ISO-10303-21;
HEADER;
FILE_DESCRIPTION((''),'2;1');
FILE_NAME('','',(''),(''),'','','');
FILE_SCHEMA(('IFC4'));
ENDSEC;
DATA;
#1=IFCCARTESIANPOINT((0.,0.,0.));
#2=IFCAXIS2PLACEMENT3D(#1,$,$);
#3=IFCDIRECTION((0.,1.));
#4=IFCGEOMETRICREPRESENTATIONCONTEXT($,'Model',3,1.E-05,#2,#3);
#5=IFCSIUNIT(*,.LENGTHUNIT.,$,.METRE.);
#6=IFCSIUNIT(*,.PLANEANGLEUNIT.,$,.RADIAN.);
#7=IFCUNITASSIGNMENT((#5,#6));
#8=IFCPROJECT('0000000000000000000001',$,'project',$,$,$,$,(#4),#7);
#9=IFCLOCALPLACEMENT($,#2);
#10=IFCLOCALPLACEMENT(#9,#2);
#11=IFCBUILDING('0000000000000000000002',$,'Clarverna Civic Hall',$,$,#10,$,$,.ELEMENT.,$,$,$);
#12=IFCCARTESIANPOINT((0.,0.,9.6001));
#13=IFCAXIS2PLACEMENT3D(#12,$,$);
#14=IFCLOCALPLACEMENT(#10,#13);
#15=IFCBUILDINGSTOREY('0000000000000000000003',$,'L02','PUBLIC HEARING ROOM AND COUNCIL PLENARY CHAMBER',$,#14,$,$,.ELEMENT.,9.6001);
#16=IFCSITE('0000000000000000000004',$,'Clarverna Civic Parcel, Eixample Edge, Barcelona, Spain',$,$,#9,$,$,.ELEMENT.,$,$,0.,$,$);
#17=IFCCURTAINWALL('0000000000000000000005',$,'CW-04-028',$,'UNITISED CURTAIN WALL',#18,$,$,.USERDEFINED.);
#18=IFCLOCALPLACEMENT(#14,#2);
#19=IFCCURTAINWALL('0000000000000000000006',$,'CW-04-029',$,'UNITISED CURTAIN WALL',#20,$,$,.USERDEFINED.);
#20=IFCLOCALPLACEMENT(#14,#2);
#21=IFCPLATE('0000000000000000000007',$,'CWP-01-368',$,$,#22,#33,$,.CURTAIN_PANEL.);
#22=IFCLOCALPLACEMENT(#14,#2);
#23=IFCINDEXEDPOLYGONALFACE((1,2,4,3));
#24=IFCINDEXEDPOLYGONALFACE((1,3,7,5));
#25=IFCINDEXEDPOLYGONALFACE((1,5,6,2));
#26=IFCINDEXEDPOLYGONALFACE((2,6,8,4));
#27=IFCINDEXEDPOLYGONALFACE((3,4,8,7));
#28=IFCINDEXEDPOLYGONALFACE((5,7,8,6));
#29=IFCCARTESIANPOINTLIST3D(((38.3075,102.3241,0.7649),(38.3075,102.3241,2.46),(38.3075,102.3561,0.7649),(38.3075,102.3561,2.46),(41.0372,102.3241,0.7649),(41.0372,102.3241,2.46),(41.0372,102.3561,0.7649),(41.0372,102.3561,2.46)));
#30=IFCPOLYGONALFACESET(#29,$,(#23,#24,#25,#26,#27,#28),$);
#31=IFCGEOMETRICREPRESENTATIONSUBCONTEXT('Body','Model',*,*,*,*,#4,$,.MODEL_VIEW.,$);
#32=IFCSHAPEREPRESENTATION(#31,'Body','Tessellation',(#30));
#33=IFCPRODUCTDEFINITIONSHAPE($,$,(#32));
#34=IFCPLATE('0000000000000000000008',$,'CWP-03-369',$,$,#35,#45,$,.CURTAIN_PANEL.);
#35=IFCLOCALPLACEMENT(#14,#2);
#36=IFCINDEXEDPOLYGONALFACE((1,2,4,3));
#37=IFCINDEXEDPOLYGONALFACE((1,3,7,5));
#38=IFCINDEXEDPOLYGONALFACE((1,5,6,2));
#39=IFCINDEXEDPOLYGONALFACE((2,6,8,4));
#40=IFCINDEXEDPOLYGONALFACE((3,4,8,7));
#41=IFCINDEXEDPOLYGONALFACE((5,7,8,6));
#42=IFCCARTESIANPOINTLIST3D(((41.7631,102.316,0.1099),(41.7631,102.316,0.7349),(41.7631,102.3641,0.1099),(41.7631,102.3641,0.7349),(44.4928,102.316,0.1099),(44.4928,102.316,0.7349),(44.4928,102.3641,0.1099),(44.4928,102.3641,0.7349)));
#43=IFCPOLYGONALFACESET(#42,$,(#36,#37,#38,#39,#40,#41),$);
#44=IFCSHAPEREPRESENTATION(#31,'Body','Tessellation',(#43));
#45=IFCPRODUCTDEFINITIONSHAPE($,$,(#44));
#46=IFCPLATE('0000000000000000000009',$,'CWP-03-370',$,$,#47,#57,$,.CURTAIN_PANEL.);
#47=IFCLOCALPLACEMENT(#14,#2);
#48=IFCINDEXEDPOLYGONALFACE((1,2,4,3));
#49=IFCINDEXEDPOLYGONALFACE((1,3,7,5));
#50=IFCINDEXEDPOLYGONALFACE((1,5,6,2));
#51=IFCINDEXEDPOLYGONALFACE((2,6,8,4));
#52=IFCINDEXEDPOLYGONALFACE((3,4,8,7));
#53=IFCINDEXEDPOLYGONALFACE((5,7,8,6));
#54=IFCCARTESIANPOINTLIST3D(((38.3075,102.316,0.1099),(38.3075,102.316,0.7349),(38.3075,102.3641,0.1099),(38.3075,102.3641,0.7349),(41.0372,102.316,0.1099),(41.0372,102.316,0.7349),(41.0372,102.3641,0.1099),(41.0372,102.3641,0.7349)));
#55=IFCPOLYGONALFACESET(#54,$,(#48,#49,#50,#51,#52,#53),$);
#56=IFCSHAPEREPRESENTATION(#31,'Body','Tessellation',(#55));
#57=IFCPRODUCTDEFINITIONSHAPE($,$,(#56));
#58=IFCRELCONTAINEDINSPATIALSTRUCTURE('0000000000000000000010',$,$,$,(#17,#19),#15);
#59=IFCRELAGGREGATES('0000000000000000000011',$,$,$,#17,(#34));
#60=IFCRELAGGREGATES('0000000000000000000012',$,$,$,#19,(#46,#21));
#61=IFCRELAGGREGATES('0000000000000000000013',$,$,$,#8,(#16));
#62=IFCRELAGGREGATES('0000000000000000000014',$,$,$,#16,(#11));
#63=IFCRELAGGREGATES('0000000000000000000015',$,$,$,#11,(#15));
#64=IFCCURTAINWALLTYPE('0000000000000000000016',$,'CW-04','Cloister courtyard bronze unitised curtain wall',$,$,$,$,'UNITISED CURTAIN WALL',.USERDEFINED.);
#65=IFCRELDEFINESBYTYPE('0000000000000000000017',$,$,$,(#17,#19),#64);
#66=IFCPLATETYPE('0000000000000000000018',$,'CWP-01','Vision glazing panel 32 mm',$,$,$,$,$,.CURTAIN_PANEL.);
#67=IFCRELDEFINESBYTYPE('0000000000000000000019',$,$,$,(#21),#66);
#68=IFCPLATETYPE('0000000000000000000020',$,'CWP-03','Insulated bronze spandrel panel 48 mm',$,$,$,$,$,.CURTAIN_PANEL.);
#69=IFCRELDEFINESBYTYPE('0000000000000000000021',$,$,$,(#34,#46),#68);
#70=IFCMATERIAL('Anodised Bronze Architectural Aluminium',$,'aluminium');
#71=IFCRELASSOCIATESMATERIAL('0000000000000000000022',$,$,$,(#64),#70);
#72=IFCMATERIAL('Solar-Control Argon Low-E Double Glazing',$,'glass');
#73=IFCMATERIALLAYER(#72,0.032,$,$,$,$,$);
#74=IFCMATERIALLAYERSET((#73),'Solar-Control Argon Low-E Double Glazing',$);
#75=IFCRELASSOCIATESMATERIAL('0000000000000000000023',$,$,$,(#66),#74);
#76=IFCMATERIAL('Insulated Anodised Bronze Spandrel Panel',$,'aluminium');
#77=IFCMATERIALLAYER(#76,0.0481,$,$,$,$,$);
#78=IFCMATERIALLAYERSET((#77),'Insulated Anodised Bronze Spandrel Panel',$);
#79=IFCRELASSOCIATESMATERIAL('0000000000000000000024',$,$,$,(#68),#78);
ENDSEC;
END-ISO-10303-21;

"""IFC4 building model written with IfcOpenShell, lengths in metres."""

from ifc_helpers import new_model, si_unit, direction, frame, frame_2d, origin, place, context, subcontext, project, spatial, rectangle, extrude, material, layer, layer_set, type_object, element, aggregate, save


model = new_model("IFC4")

# Units and contexts
model_context = context("Model", 3, precision=1e-05, world=origin(), true_north=direction((0.0, 1.0)))
body_context = subcontext(model_context, "Body", "Model", "MODEL_VIEW")
ifc_project = project(units=[si_unit("LENGTHUNIT", "METRE"), si_unit("PLANEANGLEUNIT", "RADIAN")], contexts=[model_context])

# Site, building, storey
site_placement = place(None, origin())
site = spatial("IfcSite", under=ifc_project, at=site_placement, Name="Clarverna Civic Parcel, Eixample Edge, Barcelona, Spain", CompositionType="ELEMENT", RefElevation=0.0)
building_placement = place(site_placement, origin())
building = spatial("IfcBuilding", under=site, at=building_placement, Name="Clarverna Civic Hall", CompositionType="ELEMENT")
storey_placement = place(building_placement, frame((0.0, 0.0, 9.6001)))
storey = spatial("IfcBuildingStorey", under=building, at=storey_placement, Name="L02", Description="PUBLIC HEARING ROOM AND COUNCIL PLENARY CHAMBER", CompositionType="ELEMENT", Elevation=9.6001)

# Curtain walls
ifc_material_1 = material(Name="Anodised Bronze Architectural Aluminium", Category="aluminium")
curtain_wall_type = type_object("IfcCurtainWallType", Name="CW-04", Description="Cloister courtyard bronze unitised curtain wall", ElementType="UNITISED CURTAIN WALL", PredefinedType="USERDEFINED", material=ifc_material_1)
curtain_wall_1_placement = place(storey_placement, origin())
curtain_wall_1 = element("IfcCurtainWall", 1, at=curtain_wall_1_placement, inside=storey, type_object=curtain_wall_type, Name="CW-04-028", ObjectType="UNITISED CURTAIN WALL", PredefinedType="USERDEFINED")
curtain_wall_2_placement = place(storey_placement, origin())
curtain_wall_2 = element("IfcCurtainWall", 2, at=curtain_wall_2_placement, inside=storey, type_object=curtain_wall_type, Name="CW-04-029", ObjectType="UNITISED CURTAIN WALL", PredefinedType="USERDEFINED")

# Plates
ifc_material_2 = material(Name="Solar-Control Argon Low-E Double Glazing", Category="glass")
ifc_layer_1 = layer(ifc_material_2, 0.032)
ifc_layer_set_1 = layer_set([ifc_layer_1], Name="Solar-Control Argon Low-E Double Glazing")
plate_type_1 = type_object("IfcPlateType", Name="CWP-01", Description="Vision glazing panel 32 mm", PredefinedType="CURTAIN_PANEL", material=ifc_layer_set_1)
plate_1_placement = place(storey_placement, frame((41.0371, 102.3401, 0.7649), z_axis=(0.0, 0.0, 1.0), x_axis=(-1.0, 0.0, 0.0)))
plate_1 = element("IfcPlate", 3, at=plate_1_placement, type_object=plate_type_1, Name="CWP-01-368", PredefinedType="CURTAIN_PANEL", context=body_context, shape_type="SweptSolid", body=[
    extrude(rectangle(XDim=2.7297, YDim=0.032, at=frame_2d((1.3647, 0.0))), origin(), (0.0, 0.0, 1.0), 1.6951),
])
ifc_material_3 = material(Name="Insulated Anodised Bronze Spandrel Panel", Category="aluminium")
ifc_layer_2 = layer(ifc_material_3, 0.0481)
ifc_layer_set_2 = layer_set([ifc_layer_2], Name="Insulated Anodised Bronze Spandrel Panel")
plate_type_2 = type_object("IfcPlateType", Name="CWP-03", Description="Insulated bronze spandrel panel 48 mm", PredefinedType="CURTAIN_PANEL", material=ifc_layer_set_2)
plate_2_placement = place(storey_placement, frame((44.4927, 102.3401, 0.1099), z_axis=(0.0, 0.0, 1.0), x_axis=(-1.0, 0.0, 0.0)))
plate_2 = element("IfcPlate", 4, at=plate_2_placement, type_object=plate_type_2, Name="CWP-03-369", PredefinedType="CURTAIN_PANEL", context=body_context, shape_type="SweptSolid", body=[
    extrude(rectangle(XDim=2.7297, YDim=0.0481, at=frame_2d((1.3647, 0.0))), origin(), (0.0, 0.0, 1.0), 0.625),
])
aggregate(curtain_wall_1, [plate_2])
plate_3_placement = place(storey_placement, frame((41.0371, 102.3401, 0.1099), z_axis=(0.0, 0.0, 1.0), x_axis=(-1.0, 0.0, 0.0)))
plate_3 = element("IfcPlate", 5, at=plate_3_placement, type_object=plate_type_2, Name="CWP-03-370", PredefinedType="CURTAIN_PANEL", context=body_context, shape_type="SweptSolid", body=[
    extrude(rectangle(XDim=2.7297, YDim=0.0481, at=frame_2d((1.3647, 0.0))), origin(), (0.0, 0.0, 1.0), 0.625),
])
aggregate(curtain_wall_2, [plate_3, plate_1])

save(model, "model.ifc")
